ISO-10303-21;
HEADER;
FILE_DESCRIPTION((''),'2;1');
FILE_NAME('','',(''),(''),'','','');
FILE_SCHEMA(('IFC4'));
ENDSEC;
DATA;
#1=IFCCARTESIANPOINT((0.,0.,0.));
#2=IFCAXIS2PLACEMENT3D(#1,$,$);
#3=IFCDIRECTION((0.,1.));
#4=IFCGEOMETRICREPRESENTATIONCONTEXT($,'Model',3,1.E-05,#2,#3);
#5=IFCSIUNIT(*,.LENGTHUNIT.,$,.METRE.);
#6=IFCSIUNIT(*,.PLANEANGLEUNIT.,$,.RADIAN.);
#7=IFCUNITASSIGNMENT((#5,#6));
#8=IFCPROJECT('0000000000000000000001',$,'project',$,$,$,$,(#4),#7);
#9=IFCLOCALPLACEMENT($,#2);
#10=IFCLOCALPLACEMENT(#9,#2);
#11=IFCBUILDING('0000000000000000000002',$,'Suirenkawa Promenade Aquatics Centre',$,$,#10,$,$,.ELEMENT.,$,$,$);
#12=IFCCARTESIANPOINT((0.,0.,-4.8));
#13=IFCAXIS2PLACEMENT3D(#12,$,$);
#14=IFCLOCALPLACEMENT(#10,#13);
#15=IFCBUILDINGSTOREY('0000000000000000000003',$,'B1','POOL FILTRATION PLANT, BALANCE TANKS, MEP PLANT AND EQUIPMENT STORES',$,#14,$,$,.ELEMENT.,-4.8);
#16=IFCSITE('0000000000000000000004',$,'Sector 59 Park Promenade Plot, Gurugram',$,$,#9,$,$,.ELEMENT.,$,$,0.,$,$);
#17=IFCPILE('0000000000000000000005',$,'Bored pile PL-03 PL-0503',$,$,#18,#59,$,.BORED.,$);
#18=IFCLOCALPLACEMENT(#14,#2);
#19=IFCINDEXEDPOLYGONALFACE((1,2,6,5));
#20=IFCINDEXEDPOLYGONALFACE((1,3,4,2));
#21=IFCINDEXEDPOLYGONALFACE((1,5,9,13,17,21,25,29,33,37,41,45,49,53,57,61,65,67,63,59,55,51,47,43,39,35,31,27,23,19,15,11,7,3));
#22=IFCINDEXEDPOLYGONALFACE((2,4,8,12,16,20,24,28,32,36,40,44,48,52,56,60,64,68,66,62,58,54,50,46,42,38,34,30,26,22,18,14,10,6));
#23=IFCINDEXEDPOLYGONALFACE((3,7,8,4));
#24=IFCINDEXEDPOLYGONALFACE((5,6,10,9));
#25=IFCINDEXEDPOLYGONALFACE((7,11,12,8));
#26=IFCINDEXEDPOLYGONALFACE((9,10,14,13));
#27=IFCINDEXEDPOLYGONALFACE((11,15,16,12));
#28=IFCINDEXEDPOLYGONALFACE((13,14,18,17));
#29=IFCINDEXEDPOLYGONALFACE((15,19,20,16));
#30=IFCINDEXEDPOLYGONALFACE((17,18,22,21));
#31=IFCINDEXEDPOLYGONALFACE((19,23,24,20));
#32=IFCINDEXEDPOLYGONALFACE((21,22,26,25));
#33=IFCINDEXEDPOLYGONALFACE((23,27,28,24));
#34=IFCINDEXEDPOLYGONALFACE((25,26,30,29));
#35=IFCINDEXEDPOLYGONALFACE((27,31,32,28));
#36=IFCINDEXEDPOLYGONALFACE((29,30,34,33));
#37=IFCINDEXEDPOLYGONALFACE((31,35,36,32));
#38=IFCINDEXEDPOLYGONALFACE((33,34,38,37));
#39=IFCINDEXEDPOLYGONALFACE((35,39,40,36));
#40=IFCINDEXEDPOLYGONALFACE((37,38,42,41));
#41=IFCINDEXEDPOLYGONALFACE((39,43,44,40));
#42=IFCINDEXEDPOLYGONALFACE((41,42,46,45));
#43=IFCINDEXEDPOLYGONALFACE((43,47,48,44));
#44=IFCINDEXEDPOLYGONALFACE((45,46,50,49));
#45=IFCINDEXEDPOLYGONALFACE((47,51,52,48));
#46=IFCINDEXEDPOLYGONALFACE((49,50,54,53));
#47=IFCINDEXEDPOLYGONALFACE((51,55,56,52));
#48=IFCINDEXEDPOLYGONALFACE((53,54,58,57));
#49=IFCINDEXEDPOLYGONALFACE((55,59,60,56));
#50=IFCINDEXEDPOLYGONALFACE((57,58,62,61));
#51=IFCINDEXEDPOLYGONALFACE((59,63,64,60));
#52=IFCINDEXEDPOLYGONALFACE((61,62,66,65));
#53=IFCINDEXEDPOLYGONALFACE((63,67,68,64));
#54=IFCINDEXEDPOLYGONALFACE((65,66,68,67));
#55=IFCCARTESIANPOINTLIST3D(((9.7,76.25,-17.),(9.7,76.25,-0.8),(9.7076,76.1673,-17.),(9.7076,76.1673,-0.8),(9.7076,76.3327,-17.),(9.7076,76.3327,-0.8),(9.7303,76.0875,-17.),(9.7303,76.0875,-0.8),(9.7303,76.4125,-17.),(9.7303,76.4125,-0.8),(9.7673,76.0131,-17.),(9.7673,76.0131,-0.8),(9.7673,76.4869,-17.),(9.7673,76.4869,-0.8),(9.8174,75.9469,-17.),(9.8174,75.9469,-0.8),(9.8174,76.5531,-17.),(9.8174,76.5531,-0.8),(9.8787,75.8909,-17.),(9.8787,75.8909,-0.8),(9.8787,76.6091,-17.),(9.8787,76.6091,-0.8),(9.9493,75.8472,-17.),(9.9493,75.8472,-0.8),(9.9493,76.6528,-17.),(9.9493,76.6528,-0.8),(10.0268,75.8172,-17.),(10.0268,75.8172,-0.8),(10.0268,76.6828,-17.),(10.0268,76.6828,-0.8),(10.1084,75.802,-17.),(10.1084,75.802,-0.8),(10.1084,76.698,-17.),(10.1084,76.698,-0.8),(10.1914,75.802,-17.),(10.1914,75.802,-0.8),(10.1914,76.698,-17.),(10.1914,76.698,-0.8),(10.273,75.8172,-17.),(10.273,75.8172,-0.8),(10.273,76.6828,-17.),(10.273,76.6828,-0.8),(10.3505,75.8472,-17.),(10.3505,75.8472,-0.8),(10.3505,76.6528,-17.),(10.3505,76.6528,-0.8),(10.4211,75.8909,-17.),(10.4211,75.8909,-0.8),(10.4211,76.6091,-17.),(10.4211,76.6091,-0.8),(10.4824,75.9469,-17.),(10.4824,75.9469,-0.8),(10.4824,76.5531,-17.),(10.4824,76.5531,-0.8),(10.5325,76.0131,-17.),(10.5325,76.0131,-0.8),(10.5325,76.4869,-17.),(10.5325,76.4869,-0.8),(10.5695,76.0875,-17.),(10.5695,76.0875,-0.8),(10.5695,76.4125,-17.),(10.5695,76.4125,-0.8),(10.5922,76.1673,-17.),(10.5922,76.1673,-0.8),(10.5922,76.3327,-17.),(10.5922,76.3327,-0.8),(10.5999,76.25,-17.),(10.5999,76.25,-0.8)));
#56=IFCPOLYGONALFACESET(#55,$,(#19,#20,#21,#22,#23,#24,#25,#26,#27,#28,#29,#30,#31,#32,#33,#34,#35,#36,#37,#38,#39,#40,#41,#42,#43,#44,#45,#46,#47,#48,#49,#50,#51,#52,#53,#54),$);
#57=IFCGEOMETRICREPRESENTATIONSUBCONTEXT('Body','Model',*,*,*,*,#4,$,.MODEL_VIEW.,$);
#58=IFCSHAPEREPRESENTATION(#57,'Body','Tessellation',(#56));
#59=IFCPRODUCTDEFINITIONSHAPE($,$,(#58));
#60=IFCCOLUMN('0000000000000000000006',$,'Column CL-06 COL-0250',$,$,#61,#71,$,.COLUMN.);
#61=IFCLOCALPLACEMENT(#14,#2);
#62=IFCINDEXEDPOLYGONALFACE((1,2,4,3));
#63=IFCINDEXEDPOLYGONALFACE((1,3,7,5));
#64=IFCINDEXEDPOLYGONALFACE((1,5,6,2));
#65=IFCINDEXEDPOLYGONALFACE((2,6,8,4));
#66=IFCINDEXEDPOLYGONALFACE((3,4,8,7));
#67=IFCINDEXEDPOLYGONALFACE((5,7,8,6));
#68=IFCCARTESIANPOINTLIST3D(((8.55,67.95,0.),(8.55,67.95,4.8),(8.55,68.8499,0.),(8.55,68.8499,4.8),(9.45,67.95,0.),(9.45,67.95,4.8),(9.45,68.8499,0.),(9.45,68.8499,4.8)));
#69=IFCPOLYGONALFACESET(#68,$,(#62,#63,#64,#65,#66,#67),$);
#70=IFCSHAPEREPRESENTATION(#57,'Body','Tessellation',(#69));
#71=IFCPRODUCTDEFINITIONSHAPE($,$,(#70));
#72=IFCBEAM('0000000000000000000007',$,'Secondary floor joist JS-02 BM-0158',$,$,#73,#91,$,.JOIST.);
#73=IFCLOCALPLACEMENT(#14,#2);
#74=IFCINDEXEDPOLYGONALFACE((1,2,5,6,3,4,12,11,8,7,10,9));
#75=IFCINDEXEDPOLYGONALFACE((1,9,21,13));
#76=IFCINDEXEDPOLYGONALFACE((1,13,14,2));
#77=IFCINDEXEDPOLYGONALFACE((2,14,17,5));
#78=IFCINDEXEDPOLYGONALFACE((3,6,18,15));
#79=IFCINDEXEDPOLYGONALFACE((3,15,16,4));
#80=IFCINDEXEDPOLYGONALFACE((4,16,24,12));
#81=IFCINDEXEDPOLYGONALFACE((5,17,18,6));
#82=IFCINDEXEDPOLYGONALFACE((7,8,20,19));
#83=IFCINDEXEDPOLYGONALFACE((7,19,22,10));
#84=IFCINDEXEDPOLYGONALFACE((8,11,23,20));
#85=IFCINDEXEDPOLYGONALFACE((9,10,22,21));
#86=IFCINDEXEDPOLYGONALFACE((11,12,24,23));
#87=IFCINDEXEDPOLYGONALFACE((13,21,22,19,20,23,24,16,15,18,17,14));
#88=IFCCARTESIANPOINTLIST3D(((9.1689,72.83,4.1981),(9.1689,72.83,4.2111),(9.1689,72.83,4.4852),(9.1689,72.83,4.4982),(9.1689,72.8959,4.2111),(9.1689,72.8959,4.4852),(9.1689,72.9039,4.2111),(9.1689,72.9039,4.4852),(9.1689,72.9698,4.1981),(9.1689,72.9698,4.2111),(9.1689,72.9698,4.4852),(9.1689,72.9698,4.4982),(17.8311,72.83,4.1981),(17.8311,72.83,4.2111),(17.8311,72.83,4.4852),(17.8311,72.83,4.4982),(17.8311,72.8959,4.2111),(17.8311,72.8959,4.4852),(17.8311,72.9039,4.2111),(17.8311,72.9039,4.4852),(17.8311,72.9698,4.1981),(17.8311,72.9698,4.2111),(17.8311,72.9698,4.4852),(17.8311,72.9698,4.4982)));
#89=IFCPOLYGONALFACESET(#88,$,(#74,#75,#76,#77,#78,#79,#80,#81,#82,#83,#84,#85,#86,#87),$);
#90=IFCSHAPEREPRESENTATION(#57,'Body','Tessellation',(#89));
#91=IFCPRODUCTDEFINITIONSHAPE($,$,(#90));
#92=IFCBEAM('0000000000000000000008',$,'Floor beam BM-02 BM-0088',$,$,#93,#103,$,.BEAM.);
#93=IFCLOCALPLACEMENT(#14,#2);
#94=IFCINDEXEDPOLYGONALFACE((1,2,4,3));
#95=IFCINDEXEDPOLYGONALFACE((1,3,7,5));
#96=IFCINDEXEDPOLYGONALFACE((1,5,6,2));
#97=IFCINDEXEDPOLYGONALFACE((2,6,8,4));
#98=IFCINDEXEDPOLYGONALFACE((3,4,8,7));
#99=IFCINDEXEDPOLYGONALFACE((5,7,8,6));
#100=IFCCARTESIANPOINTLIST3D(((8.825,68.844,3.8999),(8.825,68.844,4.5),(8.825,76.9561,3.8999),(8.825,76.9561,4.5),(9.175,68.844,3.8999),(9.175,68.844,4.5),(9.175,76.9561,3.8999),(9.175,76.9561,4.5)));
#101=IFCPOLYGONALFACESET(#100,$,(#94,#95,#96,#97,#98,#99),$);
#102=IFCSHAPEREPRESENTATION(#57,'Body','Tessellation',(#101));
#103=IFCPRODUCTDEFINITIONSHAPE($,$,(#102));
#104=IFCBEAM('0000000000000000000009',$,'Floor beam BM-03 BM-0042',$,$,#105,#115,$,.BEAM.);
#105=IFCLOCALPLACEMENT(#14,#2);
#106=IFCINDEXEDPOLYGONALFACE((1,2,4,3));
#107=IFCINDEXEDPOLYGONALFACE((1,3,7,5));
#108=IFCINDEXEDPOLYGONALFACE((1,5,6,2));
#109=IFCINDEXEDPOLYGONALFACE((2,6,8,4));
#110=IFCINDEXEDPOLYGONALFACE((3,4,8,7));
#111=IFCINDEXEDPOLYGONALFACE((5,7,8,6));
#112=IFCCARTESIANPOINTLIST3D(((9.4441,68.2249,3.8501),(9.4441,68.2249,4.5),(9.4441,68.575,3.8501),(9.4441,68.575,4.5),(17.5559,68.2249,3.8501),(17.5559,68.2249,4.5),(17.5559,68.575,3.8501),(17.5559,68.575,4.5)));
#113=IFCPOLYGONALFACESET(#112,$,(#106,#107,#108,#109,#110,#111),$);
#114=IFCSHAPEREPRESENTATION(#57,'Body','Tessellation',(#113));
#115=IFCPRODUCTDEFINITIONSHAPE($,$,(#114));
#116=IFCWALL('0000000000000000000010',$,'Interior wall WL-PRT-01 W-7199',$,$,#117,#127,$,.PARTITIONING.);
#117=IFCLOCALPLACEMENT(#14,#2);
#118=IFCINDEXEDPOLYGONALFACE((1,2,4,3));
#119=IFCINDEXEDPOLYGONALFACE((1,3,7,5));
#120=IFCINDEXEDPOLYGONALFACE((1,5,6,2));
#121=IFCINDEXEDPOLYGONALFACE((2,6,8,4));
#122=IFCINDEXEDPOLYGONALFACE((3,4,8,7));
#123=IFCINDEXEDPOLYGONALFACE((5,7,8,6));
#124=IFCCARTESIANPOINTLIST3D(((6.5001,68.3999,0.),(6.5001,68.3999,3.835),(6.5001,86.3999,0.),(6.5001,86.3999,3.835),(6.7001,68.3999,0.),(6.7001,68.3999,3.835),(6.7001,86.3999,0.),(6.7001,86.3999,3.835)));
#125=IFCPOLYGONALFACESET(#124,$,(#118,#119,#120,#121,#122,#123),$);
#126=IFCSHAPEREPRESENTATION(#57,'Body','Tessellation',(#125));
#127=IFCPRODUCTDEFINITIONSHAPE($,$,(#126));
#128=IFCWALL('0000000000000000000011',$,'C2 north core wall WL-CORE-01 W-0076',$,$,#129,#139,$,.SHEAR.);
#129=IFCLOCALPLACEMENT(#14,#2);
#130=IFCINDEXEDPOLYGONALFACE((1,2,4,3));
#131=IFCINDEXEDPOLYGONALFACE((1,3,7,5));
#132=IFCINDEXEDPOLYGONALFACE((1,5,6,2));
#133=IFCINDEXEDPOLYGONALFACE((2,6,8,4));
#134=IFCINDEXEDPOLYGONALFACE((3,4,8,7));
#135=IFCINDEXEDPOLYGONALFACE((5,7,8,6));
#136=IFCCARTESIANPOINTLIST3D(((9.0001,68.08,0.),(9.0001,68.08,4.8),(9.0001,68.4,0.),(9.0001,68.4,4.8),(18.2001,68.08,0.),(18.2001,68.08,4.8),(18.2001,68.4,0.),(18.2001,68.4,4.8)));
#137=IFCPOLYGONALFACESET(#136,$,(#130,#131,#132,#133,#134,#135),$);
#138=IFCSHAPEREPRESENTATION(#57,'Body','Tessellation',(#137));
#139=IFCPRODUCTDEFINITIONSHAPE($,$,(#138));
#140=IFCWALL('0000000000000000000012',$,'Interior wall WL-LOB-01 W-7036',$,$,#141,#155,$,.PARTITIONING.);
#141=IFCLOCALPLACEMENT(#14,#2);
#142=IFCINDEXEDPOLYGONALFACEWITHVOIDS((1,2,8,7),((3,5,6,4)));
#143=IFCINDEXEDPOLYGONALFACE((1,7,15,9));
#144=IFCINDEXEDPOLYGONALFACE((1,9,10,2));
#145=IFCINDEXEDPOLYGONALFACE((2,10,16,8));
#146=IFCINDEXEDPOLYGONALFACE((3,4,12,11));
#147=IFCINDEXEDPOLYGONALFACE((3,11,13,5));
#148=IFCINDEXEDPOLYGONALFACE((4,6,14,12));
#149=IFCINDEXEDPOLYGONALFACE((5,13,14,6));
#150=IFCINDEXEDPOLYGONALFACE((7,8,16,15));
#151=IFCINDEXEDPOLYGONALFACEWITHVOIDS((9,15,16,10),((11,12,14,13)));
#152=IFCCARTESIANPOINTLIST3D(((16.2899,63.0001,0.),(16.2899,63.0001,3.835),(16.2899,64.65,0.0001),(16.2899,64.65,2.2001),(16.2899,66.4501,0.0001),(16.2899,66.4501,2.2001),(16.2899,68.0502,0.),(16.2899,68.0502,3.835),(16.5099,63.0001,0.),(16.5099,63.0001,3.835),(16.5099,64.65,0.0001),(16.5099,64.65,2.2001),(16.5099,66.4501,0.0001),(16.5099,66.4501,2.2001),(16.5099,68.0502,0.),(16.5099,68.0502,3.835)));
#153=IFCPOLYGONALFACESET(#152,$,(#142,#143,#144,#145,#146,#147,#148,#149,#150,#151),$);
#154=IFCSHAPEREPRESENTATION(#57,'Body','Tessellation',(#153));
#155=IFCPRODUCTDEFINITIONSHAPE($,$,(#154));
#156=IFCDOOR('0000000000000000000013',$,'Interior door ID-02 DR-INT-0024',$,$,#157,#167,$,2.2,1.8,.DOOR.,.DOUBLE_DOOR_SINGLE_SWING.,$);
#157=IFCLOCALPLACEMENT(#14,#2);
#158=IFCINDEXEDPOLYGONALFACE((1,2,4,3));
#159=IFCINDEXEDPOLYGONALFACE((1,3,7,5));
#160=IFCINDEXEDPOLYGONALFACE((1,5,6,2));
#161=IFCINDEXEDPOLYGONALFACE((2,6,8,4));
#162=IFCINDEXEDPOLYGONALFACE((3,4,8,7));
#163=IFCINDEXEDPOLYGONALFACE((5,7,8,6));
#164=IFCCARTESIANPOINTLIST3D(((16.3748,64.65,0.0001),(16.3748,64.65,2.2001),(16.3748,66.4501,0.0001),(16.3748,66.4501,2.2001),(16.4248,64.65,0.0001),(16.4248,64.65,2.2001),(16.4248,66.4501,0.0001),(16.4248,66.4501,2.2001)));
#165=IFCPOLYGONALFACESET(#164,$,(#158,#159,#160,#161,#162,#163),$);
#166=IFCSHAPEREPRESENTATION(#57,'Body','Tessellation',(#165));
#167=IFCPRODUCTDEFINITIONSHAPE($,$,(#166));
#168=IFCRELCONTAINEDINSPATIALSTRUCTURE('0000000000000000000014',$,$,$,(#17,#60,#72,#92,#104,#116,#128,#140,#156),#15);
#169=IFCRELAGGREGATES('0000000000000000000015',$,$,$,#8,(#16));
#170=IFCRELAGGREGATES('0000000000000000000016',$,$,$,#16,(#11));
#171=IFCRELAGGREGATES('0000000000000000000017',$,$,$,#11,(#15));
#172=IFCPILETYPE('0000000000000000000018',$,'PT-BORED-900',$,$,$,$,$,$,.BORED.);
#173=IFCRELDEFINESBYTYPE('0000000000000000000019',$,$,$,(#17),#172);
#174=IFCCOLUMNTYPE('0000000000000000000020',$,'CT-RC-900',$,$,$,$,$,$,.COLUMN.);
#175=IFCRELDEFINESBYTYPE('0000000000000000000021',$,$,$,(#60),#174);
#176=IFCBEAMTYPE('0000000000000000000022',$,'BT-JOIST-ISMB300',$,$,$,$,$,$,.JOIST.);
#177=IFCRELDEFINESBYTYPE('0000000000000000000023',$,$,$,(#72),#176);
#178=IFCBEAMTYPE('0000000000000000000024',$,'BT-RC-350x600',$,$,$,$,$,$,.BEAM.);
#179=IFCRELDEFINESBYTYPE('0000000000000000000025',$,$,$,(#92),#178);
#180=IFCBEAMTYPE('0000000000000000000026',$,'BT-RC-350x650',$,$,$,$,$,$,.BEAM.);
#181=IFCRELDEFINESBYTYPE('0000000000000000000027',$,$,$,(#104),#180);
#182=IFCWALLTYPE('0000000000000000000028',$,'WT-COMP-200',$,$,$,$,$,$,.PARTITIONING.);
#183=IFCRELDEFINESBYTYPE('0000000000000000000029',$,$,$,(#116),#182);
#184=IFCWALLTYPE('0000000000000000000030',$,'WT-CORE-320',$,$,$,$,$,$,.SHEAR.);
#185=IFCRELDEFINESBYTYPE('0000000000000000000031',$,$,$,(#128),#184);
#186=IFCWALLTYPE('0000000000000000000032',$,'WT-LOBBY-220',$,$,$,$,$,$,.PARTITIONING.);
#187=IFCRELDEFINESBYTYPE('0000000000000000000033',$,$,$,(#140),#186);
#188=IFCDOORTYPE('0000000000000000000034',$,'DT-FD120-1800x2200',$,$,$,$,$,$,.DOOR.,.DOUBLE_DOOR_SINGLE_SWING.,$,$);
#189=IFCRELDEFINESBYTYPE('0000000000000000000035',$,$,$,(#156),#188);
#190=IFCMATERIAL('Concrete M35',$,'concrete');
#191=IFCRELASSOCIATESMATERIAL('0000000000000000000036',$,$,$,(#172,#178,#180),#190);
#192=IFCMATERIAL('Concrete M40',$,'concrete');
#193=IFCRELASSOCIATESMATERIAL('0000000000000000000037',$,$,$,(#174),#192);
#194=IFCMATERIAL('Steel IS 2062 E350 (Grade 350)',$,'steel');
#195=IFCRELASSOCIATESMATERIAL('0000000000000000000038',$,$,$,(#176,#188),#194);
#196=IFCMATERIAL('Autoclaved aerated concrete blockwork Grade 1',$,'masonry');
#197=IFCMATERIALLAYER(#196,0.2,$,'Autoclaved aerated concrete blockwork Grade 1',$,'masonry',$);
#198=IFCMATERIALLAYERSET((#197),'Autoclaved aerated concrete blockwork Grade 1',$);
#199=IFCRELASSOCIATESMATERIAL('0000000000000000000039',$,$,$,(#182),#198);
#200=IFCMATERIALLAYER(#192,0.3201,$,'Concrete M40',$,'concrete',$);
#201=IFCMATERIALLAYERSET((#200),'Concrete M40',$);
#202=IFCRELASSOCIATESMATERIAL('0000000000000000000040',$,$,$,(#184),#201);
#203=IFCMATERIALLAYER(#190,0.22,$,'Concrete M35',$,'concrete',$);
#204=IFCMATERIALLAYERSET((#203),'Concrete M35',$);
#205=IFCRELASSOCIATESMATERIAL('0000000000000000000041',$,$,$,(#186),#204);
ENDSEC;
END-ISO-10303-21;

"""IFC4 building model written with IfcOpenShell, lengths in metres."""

from ifc_helpers import new_model, si_unit, direction, frame, frame_2d, origin, origin_2d, place, context, subcontext, project, spatial, rectangle, circle, i_section, extrude, material, layer, layer_set, material_profile, profile_set, type_object, element, fill, save


model = new_model("IFC4")

# Units and contexts
model_context = context("Model", 3, precision=1e-05, world=origin(), true_north=direction((0.0, 1.0)))
body_context = subcontext(model_context, "Body", "Model", "MODEL_VIEW")
ifc_project = project(units=[si_unit("LENGTHUNIT", "METRE"), si_unit("PLANEANGLEUNIT", "RADIAN")], contexts=[model_context])

# Site, building, storey
site_placement = place(None, origin())
site = spatial("IfcSite", under=ifc_project, at=site_placement, Name="Sector 59 Park Promenade Plot, Gurugram", CompositionType="ELEMENT", RefElevation=0.0)
building_placement = place(site_placement, origin())
building = spatial("IfcBuilding", under=site, at=building_placement, Name="Suirenkawa Promenade Aquatics Centre", CompositionType="ELEMENT")
storey_placement = place(building_placement, frame((0.0, 0.0, -4.8)))
storey = spatial("IfcBuildingStorey", under=building, at=storey_placement, Name="B1", Description="POOL FILTRATION PLANT, BALANCE TANKS, MEP PLANT AND EQUIPMENT STORES", CompositionType="ELEMENT", Elevation=-4.8)

# Shared definitions
ifc_material_1 = material(Name="Concrete M35", Category="concrete")

# Pile
ifc_material_profile_1 = material_profile(ifc_material_1, circle(Radius=0.45, at=origin_2d()), Name="PILE D900", Category="concrete")
ifc_profile_set_1 = profile_set([ifc_material_profile_1], Name="Concrete M35")
pile_type = type_object("IfcPileType", Name="PT-BORED-900", PredefinedType="BORED", material=ifc_profile_set_1)
for number, where, z_axis, x_axis, name in (
    (1, (10.1499, 76.25, -0.8), (0.0, 0.0, -1.0), (1.0, 0.0, 0.0), "Bored pile PL-03 PL-0503"),
):
    element("IfcPile", number, at=place(storey_placement, frame(where, z_axis=z_axis, x_axis=x_axis)), inside=storey, type_object=pile_type, Name=name, PredefinedType="BORED", context=body_context, shape_type="SweptSolid", body=[
        extrude(circle(Radius=0.45, at=origin_2d()), origin(), (0.0, 0.0, 1.0), 16.2),
    ])

# Column
ifc_material_2 = material(Name="Concrete M40", Category="concrete")
ifc_material_profile_2 = material_profile(ifc_material_2, rectangle(XDim=0.8999, YDim=0.8999, at=origin_2d()), Name="RC COL 900x900", Category="concrete")
ifc_profile_set_2 = profile_set([ifc_material_profile_2], Name="Concrete M40")
column_type = type_object("IfcColumnType", Name="CT-RC-900", PredefinedType="COLUMN", material=ifc_profile_set_2)
column_placement = place(storey_placement, frame((9.0, 68.3999, 0.0), z_axis=(0.0, 0.0, 1.0), x_axis=(1.0, 0.0, 0.0)))
element("IfcColumn", 2, at=column_placement, inside=storey, type_object=column_type, Name="Column CL-06 COL-0250", PredefinedType="COLUMN", context=body_context, shape_type="SweptSolid", body=[
    extrude(rectangle(XDim=0.8999, YDim=0.8999, at=origin_2d()), origin(), (0.0, 0.0, 1.0), 4.8),
])

# Beams
ifc_material_3 = material(Name="Steel IS 2062 E350 (Grade 350)", Category="steel")
ifc_material_profile_3 = material_profile(ifc_material_3, i_section(OverallWidth=0.1399, OverallDepth=0.3, WebThickness=0.0081, FlangeThickness=0.0129, at=origin_2d()), Name="ISMB 300", Category="steel")
ifc_profile_set_3 = profile_set([ifc_material_profile_3], Name="Steel IS 2062 E350 (Grade 350)")
beam_type_1 = type_object("IfcBeamType", Name="BT-JOIST-ISMB300", PredefinedType="JOIST", material=ifc_profile_set_3)
beam_1_placement = place(storey_placement, frame((9.1689, 72.8999, 4.3481), z_axis=(1.0, 0.0, 0.0), x_axis=(0.0, 1.0, 0.0)))
element("IfcBeam", 3, at=beam_1_placement, inside=storey, type_object=beam_type_1, Name="Secondary floor joist JS-02 BM-0158", PredefinedType="JOIST", context=body_context, shape_type="SweptSolid", body=[
    extrude(i_section(OverallWidth=0.1399, OverallDepth=0.3, WebThickness=0.0081, FlangeThickness=0.0129, at=origin_2d()), origin(), (0.0, 0.0, 1.0), 8.6621),
])
ifc_material_profile_4 = material_profile(ifc_material_1, rectangle(XDim=0.3501, YDim=0.6001, at=origin_2d()), Name="RC BM 350x600", Category="concrete")
ifc_profile_set_4 = profile_set([ifc_material_profile_4], Name="Concrete M35")
beam_type_2 = type_object("IfcBeamType", Name="BT-RC-350x600", PredefinedType="BEAM", material=ifc_profile_set_4)
beam_2_placement = place(storey_placement, frame((9.0, 68.844, 4.2), z_axis=(0.0, 1.0, 0.0), x_axis=(-1.0, 0.0, 0.0)))
element("IfcBeam", 4, at=beam_2_placement, inside=storey, type_object=beam_type_2, Name="Floor beam BM-02 BM-0088", PredefinedType="BEAM", context=body_context, shape_type="SweptSolid", body=[
    extrude(rectangle(XDim=0.3501, YDim=0.6001, at=origin_2d()), origin(), (0.0, 0.0, 1.0), 8.1121),
])
ifc_material_profile_5 = material_profile(ifc_material_1, rectangle(XDim=0.3501, YDim=0.6499, at=origin_2d()), Name="RC BM 350x650", Category="concrete")
ifc_profile_set_5 = profile_set([ifc_material_profile_5], Name="Concrete M35")
beam_type_3 = type_object("IfcBeamType", Name="BT-RC-350x650", PredefinedType="BEAM", material=ifc_profile_set_5)
beam_3_placement = place(storey_placement, frame((9.4441, 68.3999, 4.175), z_axis=(1.0, 0.0, 0.0), x_axis=(0.0, 1.0, 0.0)))
element("IfcBeam", 5, at=beam_3_placement, inside=storey, type_object=beam_type_3, Name="Floor beam BM-03 BM-0042", PredefinedType="BEAM", context=body_context, shape_type="SweptSolid", body=[
    extrude(rectangle(XDim=0.3501, YDim=0.6499, at=origin_2d()), origin(), (0.0, 0.0, 1.0), 8.1118),
])

# Walls
ifc_material_4 = material(Name="Autoclaved aerated concrete blockwork Grade 1", Category="masonry")
ifc_layer_1 = layer(ifc_material_4, 0.2, Name="Autoclaved aerated concrete blockwork Grade 1", Category="masonry")
ifc_layer_set_1 = layer_set([ifc_layer_1], Name="Autoclaved aerated concrete blockwork Grade 1")
wall_type_1 = type_object("IfcWallType", Name="WT-COMP-200", PredefinedType="PARTITIONING", material=ifc_layer_set_1)
wall_1_placement = place(storey_placement, frame((6.6001, 68.3999, 0.0), z_axis=(0.0, 0.0, 1.0), x_axis=(0.0, 1.0, 0.0)))
element("IfcWall", 6, at=wall_1_placement, inside=storey, type_object=wall_type_1, Name="Interior wall WL-PRT-01 W-7199", PredefinedType="PARTITIONING", context=body_context, shape_type="SweptSolid", body=[
    extrude(rectangle(XDim=18.0, YDim=0.2, at=frame_2d((9.0, 0.0))), origin(), (0.0, 0.0, 1.0), 3.835),
])
ifc_layer_2 = layer(ifc_material_2, 0.3201, Name="Concrete M40", Category="concrete")
ifc_layer_set_2 = layer_set([ifc_layer_2], Name="Concrete M40")
wall_type_2 = type_object("IfcWallType", Name="WT-CORE-320", PredefinedType="SHEAR", material=ifc_layer_set_2)
wall_2_placement = place(storey_placement, frame((9.0, 68.24, 0.0), z_axis=(0.0, 0.0, 1.0), x_axis=(1.0, 0.0, 0.0)))
element("IfcWall", 7, at=wall_2_placement, inside=storey, type_object=wall_type_2, Name="C2 north core wall WL-CORE-01 W-0076", PredefinedType="SHEAR", context=body_context, shape_type="SweptSolid", body=[
    extrude(rectangle(XDim=9.2, YDim=0.3201, at=frame_2d((4.6001, 0.0))), origin(), (0.0, 0.0, 1.0), 4.8),
])

# Wall, opening, door
ifc_layer_3 = layer(ifc_material_1, 0.22, Name="Concrete M35", Category="concrete")
ifc_layer_set_3 = layer_set([ifc_layer_3], Name="Concrete M35")
wall_type_3 = type_object("IfcWallType", Name="WT-LOBBY-220", PredefinedType="PARTITIONING", material=ifc_layer_set_3)
wall_3_placement = place(storey_placement, frame((16.3999, 68.05, 0.0), z_axis=(0.0, 0.0, 1.0), x_axis=(0.0, -1.0, 0.0)))
wall_3 = element("IfcWall", 8, at=wall_3_placement, inside=storey, type_object=wall_type_3, Name="Interior wall WL-LOB-01 W-7036", PredefinedType="PARTITIONING", context=body_context, shape_type="SweptSolid", body=[
    extrude(rectangle(XDim=5.05, YDim=0.22, at=frame_2d((2.5249, 0.0))), origin(), (0.0, 0.0, 1.0), 3.835),
])
opening_placement = place(wall_3_placement, frame((1.6001, 0.0, 0.0)))
opening = element("IfcOpeningElement", 9, at=opening_placement, cuts=wall_3, PredefinedType="OPENING", context=body_context, shape_type="SweptSolid", body=[
    extrude(rectangle(XDim=1.8, YDim=2.2, at=frame_2d((0.8999, 1.1001))), frame((0.0, 0.1199, 0.0), z_axis=(0.0, -1.0, 0.0), x_axis=(1.0, 0.0, 0.0)), (0.0, 0.0, 1.0), 0.24),
])
door_type = type_object("IfcDoorType", Name="DT-FD120-1800x2200", OperationType="DOUBLE_DOOR_SINGLE_SWING", PredefinedType="DOOR", material=ifc_material_3)
door_placement = place(opening_placement, origin())
door = element("IfcDoor", 10, at=door_placement, inside=storey, type_object=door_type, Name="Interior door ID-02 DR-INT-0024", OperationType="DOUBLE_DOOR_SINGLE_SWING", OverallHeight=2.2, OverallWidth=1.8, PredefinedType="DOOR", context=body_context, shape_type="SweptSolid", body=[
    extrude(rectangle(XDim=1.8, YDim=2.2, at=frame_2d((0.8999, 1.1001))), frame((0.0, 0.0249, 0.0), z_axis=(0.0, -1.0, 0.0), x_axis=(1.0, 0.0, 0.0)), (0.0, 0.0, 1.0), 0.05),
])
fill(opening, door)

save(model, "model.ifc")
